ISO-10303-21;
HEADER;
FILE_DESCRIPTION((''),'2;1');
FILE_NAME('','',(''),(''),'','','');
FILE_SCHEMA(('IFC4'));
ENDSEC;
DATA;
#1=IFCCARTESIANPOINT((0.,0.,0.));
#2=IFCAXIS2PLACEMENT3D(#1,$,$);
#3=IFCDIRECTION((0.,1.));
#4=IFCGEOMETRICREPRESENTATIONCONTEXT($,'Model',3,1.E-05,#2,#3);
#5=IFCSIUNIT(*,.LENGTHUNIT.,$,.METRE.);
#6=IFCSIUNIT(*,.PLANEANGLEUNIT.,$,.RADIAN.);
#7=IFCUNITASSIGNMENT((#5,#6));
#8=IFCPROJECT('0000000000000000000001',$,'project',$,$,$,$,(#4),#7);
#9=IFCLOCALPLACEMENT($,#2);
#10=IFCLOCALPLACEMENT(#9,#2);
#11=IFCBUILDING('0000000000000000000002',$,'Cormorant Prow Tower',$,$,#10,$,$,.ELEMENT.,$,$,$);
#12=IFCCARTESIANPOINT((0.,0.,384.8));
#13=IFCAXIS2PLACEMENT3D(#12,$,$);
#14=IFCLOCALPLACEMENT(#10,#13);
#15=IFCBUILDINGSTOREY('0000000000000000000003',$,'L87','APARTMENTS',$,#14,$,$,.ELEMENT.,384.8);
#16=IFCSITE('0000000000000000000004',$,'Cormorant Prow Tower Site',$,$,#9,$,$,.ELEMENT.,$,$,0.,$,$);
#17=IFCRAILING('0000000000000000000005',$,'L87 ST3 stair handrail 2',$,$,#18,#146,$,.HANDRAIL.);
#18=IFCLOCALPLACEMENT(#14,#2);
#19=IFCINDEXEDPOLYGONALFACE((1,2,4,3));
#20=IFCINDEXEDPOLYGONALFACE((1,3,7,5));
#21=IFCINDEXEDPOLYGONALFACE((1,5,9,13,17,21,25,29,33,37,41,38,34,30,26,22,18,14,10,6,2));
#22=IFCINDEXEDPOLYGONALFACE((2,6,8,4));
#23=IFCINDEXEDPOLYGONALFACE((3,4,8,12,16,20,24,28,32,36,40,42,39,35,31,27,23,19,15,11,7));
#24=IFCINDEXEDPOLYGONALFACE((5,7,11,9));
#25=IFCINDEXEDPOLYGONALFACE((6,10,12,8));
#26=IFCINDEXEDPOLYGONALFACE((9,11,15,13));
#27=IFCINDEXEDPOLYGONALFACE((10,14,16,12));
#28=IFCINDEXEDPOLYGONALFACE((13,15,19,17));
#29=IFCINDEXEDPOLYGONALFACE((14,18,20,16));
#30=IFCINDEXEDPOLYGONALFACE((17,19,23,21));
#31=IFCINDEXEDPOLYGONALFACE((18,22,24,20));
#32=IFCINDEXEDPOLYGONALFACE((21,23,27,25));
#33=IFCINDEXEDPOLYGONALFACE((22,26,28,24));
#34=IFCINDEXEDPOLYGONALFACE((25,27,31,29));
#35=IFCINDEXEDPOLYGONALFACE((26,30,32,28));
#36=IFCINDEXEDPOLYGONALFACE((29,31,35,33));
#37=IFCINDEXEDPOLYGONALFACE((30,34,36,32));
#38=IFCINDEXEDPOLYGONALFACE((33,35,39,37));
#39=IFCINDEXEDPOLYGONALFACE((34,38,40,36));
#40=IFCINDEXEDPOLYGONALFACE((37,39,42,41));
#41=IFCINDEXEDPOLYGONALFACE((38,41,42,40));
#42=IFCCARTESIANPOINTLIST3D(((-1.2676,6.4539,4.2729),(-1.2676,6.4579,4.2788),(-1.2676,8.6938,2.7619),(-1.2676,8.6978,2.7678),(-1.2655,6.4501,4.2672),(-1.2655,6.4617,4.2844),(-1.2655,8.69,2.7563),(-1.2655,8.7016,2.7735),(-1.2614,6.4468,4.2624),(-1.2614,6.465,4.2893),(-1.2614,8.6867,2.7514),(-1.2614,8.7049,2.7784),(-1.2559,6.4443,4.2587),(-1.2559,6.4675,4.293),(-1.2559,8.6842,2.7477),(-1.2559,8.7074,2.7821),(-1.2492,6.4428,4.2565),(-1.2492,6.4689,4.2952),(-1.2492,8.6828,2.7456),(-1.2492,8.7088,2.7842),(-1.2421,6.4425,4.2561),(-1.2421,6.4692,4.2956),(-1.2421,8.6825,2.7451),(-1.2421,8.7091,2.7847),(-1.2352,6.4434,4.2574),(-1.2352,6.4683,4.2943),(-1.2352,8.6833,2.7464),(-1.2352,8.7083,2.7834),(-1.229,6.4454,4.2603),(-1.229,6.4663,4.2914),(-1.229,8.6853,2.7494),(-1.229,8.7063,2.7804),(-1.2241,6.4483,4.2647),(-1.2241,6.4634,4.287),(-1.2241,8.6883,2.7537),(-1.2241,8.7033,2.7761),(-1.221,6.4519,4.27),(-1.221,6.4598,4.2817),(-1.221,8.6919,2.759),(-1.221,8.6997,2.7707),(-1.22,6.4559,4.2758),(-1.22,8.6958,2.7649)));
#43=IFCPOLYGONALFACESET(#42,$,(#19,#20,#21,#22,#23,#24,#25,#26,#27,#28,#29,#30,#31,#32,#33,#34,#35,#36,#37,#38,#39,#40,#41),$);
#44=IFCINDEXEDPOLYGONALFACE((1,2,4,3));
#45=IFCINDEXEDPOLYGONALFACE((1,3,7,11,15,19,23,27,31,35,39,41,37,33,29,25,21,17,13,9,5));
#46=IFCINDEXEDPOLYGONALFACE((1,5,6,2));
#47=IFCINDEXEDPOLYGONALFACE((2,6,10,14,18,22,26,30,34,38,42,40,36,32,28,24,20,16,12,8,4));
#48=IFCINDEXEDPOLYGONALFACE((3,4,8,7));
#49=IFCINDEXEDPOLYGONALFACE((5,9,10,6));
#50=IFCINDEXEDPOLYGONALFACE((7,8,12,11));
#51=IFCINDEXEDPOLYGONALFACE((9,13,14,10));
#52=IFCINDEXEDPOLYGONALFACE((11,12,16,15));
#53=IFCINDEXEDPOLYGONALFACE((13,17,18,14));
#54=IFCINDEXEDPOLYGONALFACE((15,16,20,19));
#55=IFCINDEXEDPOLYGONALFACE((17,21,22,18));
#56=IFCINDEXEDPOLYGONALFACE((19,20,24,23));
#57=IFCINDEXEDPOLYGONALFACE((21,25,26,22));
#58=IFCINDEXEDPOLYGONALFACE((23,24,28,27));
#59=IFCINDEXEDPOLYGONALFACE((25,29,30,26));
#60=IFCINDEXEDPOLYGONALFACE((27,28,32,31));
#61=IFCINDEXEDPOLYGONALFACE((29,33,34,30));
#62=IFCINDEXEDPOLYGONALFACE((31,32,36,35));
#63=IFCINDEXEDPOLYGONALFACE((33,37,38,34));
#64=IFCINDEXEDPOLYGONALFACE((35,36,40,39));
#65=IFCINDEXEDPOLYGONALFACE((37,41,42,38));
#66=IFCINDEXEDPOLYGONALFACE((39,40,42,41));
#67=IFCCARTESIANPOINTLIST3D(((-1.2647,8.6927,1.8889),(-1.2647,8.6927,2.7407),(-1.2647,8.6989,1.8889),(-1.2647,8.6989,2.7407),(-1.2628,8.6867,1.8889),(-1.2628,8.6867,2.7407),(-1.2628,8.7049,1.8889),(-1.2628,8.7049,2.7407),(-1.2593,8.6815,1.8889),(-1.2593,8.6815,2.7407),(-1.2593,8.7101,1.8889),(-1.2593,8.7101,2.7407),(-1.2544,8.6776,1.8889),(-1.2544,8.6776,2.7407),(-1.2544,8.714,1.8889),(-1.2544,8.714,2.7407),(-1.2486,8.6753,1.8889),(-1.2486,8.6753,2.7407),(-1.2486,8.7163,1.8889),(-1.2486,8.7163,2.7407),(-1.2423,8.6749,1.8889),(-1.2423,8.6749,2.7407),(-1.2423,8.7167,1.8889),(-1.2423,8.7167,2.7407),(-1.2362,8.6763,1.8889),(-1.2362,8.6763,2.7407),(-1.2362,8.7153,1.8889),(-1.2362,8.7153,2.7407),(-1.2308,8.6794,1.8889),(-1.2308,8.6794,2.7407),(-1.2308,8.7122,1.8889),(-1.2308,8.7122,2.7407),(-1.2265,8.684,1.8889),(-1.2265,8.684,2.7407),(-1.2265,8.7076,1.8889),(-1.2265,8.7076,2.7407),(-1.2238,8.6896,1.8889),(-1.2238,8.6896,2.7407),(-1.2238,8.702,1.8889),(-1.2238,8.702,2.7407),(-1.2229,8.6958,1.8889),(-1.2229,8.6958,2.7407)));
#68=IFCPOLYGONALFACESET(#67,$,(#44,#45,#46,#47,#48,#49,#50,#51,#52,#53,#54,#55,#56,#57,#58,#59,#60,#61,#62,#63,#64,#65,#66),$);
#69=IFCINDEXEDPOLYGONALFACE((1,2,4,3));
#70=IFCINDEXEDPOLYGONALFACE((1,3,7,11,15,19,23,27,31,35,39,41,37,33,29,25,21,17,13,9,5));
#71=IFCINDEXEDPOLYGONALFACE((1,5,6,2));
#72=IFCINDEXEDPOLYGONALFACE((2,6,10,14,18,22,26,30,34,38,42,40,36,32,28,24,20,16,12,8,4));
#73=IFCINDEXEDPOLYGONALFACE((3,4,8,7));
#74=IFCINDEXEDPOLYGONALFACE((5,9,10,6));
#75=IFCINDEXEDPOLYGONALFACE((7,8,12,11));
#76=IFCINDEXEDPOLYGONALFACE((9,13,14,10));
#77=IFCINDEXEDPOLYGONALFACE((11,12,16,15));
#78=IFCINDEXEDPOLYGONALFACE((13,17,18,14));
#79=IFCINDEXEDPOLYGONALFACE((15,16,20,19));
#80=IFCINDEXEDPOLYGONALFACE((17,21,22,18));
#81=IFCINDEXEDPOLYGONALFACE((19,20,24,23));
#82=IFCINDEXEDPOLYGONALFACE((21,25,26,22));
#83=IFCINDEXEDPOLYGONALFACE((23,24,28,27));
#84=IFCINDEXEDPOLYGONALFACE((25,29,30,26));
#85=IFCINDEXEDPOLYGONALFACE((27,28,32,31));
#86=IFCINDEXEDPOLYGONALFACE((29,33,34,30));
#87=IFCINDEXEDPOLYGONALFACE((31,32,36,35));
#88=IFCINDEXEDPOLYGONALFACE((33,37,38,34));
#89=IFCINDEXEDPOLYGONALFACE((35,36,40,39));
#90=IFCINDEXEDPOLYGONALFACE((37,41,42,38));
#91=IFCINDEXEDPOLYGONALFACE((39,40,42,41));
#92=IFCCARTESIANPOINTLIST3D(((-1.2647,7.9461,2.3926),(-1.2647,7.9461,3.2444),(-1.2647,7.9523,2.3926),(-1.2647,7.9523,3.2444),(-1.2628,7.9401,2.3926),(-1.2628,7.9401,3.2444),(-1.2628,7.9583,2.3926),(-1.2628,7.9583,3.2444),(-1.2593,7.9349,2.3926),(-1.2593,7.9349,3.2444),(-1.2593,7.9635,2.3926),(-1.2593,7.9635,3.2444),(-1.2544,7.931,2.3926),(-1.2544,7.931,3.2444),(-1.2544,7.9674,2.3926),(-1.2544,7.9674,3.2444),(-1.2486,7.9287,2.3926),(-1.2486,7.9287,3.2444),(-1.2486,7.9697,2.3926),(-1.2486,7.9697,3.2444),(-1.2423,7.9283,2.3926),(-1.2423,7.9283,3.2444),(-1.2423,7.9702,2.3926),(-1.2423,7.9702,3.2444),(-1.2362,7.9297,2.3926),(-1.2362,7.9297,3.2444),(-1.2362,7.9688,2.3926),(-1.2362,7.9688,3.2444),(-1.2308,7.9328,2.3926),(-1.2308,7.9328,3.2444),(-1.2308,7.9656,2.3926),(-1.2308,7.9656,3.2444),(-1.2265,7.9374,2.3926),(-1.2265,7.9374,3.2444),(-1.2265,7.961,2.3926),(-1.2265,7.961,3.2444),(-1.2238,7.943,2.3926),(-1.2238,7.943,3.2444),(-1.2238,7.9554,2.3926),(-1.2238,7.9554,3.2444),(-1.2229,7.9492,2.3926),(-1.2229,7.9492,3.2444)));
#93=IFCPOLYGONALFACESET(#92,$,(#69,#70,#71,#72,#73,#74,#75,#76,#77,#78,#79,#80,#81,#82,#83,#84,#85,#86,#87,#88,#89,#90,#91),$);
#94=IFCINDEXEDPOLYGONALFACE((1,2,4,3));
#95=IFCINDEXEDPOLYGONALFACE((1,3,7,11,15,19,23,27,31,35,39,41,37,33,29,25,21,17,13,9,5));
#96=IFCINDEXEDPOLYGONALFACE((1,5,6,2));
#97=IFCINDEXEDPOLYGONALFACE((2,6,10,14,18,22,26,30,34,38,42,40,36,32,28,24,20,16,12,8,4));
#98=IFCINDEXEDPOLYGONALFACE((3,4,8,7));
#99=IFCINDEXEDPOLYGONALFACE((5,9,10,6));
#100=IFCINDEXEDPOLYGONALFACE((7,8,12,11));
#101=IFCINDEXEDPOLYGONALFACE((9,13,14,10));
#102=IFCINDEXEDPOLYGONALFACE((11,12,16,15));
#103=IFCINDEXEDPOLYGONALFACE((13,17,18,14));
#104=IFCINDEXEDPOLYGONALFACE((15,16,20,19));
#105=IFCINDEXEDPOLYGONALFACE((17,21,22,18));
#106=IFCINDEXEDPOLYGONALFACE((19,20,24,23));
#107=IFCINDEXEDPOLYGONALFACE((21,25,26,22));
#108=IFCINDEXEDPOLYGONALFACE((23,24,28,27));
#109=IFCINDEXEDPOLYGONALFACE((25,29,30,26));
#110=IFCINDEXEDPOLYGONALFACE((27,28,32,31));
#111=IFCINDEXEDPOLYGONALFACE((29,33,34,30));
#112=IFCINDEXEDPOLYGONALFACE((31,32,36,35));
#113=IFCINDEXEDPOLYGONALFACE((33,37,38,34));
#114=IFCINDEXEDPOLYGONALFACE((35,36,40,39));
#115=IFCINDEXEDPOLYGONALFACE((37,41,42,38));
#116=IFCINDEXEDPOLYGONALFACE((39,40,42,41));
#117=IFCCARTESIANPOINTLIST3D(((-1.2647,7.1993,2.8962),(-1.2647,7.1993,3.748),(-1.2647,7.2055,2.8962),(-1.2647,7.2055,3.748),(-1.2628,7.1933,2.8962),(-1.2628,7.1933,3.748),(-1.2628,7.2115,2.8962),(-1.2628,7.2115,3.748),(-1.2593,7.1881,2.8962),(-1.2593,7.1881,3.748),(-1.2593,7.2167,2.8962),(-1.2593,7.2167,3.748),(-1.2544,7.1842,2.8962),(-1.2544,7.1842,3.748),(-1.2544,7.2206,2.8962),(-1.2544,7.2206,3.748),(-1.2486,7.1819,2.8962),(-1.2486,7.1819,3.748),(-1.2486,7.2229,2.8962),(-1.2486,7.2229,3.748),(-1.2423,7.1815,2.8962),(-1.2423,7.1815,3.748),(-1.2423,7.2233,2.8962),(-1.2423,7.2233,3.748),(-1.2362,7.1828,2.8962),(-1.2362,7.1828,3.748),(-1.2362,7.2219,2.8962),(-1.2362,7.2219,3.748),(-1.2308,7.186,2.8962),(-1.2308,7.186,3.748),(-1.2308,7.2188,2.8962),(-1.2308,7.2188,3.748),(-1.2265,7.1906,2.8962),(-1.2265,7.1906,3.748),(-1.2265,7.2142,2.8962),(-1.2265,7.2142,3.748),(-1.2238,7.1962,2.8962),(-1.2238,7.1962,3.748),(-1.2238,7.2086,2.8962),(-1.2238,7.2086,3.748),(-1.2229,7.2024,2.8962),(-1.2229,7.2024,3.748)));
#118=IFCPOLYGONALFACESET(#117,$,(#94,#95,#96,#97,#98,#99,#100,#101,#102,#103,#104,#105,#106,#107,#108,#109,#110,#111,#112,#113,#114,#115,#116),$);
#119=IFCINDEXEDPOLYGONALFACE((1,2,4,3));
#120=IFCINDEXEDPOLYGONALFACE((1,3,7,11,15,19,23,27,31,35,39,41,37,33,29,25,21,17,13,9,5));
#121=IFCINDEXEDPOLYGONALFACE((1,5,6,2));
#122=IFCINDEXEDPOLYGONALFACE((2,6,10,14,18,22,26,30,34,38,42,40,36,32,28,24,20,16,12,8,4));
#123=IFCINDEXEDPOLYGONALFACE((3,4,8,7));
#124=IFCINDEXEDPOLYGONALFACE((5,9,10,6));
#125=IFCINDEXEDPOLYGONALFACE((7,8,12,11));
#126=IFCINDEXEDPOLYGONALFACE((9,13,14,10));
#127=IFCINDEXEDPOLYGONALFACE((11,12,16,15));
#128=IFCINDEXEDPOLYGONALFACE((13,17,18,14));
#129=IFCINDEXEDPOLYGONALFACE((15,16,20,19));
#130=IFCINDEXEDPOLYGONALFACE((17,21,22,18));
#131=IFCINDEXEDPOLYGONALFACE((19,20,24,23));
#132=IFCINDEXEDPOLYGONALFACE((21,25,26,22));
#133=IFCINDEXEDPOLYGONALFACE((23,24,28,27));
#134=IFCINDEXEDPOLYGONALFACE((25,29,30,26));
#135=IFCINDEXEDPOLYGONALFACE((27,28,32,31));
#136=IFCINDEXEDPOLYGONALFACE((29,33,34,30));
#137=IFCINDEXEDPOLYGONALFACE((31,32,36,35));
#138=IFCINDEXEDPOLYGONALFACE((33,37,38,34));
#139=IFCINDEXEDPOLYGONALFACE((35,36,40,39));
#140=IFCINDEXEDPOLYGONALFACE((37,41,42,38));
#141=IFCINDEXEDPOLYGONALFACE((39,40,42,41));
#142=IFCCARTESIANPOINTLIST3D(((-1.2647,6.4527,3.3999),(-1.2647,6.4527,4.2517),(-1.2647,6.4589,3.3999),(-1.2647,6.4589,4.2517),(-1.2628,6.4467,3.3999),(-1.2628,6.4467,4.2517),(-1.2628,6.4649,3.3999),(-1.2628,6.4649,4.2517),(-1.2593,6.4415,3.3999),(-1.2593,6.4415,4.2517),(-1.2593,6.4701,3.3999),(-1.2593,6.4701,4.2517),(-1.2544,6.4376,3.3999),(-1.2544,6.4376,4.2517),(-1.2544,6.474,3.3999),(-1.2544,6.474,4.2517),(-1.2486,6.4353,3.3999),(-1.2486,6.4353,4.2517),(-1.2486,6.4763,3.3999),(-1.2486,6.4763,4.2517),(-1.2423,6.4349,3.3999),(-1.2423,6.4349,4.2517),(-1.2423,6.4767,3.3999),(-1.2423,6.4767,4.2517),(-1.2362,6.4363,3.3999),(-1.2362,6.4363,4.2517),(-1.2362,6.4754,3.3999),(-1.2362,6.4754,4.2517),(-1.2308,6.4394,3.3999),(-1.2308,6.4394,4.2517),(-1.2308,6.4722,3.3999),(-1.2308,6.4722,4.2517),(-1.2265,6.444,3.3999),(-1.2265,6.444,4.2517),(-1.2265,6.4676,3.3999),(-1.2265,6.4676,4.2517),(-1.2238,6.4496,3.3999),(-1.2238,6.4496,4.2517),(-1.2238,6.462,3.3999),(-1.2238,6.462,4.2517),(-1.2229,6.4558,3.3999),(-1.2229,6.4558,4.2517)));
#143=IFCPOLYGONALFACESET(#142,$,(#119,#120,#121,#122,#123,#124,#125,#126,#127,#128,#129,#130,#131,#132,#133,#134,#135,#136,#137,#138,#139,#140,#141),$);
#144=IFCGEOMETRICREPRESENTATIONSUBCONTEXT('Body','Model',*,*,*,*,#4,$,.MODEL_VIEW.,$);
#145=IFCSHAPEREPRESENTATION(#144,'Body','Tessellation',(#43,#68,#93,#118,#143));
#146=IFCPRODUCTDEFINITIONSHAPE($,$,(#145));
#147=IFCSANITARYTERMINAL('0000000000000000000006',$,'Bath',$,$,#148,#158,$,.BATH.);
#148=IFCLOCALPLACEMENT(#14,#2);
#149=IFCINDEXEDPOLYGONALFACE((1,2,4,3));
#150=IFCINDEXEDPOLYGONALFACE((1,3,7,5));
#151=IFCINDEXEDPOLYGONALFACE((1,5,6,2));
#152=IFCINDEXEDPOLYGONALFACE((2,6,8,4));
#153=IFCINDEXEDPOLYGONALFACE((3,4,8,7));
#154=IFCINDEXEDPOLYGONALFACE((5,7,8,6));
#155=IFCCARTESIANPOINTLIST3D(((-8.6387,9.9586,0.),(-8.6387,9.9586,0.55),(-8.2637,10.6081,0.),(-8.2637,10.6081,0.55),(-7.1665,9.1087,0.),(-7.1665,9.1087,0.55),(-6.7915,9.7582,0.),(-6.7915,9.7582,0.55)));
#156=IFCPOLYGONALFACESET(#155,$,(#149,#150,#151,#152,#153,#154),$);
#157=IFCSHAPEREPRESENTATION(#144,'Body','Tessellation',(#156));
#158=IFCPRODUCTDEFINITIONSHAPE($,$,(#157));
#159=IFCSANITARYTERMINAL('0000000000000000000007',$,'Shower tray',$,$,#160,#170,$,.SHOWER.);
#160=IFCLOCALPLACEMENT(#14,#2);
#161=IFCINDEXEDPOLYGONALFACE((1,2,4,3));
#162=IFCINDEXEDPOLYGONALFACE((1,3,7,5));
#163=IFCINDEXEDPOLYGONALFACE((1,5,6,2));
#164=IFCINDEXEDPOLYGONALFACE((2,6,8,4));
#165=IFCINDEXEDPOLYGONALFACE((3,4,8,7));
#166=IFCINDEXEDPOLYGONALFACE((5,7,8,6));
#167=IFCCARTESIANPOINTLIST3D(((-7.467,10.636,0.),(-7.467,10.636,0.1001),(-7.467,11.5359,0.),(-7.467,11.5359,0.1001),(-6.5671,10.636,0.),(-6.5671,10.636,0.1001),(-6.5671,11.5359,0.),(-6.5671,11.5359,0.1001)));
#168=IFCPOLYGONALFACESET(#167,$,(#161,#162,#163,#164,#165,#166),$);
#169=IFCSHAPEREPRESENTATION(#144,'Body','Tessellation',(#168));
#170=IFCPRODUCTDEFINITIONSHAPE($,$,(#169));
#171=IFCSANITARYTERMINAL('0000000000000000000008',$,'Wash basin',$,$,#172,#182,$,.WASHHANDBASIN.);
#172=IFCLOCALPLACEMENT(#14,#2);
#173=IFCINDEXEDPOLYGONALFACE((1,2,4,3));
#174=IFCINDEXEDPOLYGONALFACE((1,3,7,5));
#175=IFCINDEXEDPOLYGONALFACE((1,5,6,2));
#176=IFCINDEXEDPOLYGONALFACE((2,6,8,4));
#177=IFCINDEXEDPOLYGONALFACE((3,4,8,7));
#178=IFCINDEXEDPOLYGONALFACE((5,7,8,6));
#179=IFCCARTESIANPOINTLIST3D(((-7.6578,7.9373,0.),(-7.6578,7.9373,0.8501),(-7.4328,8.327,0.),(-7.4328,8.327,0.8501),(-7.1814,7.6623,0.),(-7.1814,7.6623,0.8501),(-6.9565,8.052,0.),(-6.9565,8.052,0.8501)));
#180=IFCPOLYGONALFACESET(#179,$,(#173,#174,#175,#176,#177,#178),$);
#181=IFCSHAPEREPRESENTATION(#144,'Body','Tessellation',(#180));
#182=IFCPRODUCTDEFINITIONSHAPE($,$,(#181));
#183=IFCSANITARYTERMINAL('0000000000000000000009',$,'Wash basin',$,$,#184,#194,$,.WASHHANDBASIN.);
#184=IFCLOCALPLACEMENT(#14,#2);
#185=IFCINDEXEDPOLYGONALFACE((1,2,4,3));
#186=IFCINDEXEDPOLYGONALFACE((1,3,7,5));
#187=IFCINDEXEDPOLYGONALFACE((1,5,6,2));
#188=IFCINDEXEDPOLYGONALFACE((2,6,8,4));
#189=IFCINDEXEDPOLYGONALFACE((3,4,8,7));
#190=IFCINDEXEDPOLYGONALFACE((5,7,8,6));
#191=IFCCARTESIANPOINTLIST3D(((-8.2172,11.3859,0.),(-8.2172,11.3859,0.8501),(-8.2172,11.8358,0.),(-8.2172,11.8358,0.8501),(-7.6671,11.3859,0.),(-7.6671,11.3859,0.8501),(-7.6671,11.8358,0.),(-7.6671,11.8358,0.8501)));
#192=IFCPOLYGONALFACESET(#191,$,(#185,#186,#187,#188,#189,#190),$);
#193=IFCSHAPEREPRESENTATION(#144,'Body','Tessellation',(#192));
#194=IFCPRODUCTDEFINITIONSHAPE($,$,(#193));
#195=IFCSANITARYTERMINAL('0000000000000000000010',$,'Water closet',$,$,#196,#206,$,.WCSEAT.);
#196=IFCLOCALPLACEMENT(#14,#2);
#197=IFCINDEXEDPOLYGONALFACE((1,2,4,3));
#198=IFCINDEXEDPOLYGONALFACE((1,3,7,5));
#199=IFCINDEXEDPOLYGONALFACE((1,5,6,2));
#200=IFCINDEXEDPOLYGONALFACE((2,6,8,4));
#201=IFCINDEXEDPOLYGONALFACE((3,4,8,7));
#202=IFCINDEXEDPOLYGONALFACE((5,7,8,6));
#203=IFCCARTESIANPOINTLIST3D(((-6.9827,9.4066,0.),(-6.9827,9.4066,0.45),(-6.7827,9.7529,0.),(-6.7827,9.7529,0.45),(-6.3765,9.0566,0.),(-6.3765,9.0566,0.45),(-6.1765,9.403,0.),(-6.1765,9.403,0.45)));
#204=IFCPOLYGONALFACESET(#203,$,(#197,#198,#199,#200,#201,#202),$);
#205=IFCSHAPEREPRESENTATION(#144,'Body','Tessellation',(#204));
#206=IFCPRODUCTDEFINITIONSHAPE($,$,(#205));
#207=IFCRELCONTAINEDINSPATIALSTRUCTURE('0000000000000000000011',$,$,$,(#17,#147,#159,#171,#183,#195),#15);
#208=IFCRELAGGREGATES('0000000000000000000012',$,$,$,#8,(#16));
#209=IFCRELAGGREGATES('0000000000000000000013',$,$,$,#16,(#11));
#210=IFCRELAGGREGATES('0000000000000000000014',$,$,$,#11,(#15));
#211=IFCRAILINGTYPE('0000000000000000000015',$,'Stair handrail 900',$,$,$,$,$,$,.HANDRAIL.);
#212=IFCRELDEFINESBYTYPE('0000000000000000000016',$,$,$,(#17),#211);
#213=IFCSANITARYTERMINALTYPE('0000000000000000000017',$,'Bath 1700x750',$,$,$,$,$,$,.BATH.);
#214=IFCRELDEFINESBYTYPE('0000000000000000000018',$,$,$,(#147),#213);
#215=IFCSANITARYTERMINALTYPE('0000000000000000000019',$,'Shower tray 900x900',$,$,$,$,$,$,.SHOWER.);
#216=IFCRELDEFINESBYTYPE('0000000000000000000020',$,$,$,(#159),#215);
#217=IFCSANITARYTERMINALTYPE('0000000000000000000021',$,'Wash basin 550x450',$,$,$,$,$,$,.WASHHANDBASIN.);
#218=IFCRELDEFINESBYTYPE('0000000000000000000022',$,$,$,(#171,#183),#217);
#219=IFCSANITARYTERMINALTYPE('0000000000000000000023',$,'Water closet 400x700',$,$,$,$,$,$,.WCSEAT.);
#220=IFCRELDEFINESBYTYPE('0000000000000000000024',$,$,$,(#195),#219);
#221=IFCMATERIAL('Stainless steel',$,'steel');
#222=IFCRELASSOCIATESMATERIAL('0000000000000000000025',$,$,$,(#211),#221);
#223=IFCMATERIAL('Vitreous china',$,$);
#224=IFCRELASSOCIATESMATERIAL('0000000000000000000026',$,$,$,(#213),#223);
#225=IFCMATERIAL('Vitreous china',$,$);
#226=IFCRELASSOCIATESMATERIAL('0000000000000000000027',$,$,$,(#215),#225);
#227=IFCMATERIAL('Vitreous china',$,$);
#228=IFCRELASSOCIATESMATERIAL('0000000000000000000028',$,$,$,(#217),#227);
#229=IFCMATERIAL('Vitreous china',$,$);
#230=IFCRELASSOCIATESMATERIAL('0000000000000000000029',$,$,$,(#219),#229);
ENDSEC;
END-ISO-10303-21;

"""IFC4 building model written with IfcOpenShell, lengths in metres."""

from ifc_helpers import new_model, si_unit, direction, frame, origin, origin_2d, place, context, subcontext, project, spatial, rectangle, circle, extrude, material, type_object, element, save


model = new_model("IFC4")

# Units and contexts
model_context = context("Model", 3, precision=1e-05, world=origin(), true_north=direction((0.0, 1.0)))
body_context = subcontext(model_context, "Body", "Model", "MODEL_VIEW")
ifc_project = project(units=[si_unit("LENGTHUNIT", "METRE"), si_unit("PLANEANGLEUNIT", "RADIAN")], contexts=[model_context])

# Site, building, storey
site_placement = place(None, origin())
site = spatial("IfcSite", under=ifc_project, at=site_placement, Name="Cormorant Prow Tower Site", CompositionType="ELEMENT", RefElevation=0.0)
building_placement = place(site_placement, origin())
building = spatial("IfcBuilding", under=site, at=building_placement, Name="Cormorant Prow Tower", CompositionType="ELEMENT")
storey_placement = place(building_placement, frame((0.0, 0.0, 384.8)))
storey = spatial("IfcBuildingStorey", under=building, at=storey_placement, Name="L87", Description="APARTMENTS", CompositionType="ELEMENT", Elevation=384.8)

# Railing
ifc_material_1 = material(Name="Stainless steel", Category="steel")
railing_type = type_object("IfcRailingType", Name="Stair handrail 900", PredefinedType="HANDRAIL", material=ifc_material_1)
railing_placement = place(storey_placement, frame((-1.2439, 8.6958, 1.8889)))
element("IfcRailing", 1, at=railing_placement, inside=storey, type_object=railing_type, Name="L87 ST3 stair handrail 2", PredefinedType="HANDRAIL", context=body_context, shape_type="SweptSolid", body=[
    extrude(circle(Radius=0.0239, at=origin_2d()), frame((0.0, 0.0, 0.876), z_axis=(0.0, -0.829021, 0.559217), x_axis=(1.0, 0.0, 0.0)), (0.0, 0.0, 1.0), 2.7019),
    extrude(circle(Radius=0.021, at=origin_2d()), origin(), (0.0, 0.0, 1.0), 0.8518),
    extrude(circle(Radius=0.021, at=origin_2d()), frame((0.0, -0.7466, 0.5037)), (0.0, 0.0, 1.0), 0.8518),
    extrude(circle(Radius=0.021, at=origin_2d()), frame((0.0, -1.4934, 1.0073)), (0.0, 0.0, 1.0), 0.8518),
    extrude(circle(Radius=0.021, at=origin_2d()), frame((0.0, -2.24, 1.511)), (0.0, 0.0, 1.0), 0.8518),
])

# Sanitary terminals
ifc_material_2 = material(Name="Vitreous china")
sanitary_terminal_type_1 = type_object("IfcSanitaryTerminalType", Name="Bath 1700x750", PredefinedType="BATH", material=ifc_material_2)
sanitary_terminal_1_placement = place(storey_placement, frame((-7.7151, 9.8584, 0.0), z_axis=(0.0, 0.0, 1.0), x_axis=(0.866025, -0.5, 0.0)))
element("IfcSanitaryTerminal", 2, at=sanitary_terminal_1_placement, inside=storey, type_object=sanitary_terminal_type_1, Name="Bath", PredefinedType="BATH", context=body_context, shape_type="SweptSolid", body=[
    extrude(rectangle(XDim=1.7, YDim=0.75, at=origin_2d()), origin(), (0.0, 0.0, 1.0), 0.55),
])
ifc_material_3 = material(Name="Vitreous china")
sanitary_terminal_type_2 = type_object("IfcSanitaryTerminalType", Name="Shower tray 900x900", PredefinedType="SHOWER", material=ifc_material_3)
sanitary_terminal_2_placement = place(storey_placement, frame((-7.0171, 11.0859, 0.0), z_axis=(0.0, 0.0, 1.0), x_axis=(1.0, 0.0, 0.0)))
element("IfcSanitaryTerminal", 3, at=sanitary_terminal_2_placement, inside=storey, type_object=sanitary_terminal_type_2, Name="Shower tray", PredefinedType="SHOWER", context=body_context, shape_type="SweptSolid", body=[
    extrude(rectangle(XDim=0.8999, YDim=0.8999, at=origin_2d()), origin(), (0.0, 0.0, 1.0), 0.1001),
])
ifc_material_4 = material(Name="Vitreous china")
sanitary_terminal_type_3 = type_object("IfcSanitaryTerminalType", Name="Wash basin 550x450", PredefinedType="WASHHANDBASIN", material=ifc_material_4)
for number, where, z_axis, x_axis, name in (
    (4, (-7.3071, 7.9946, 0.0), (0.0, 0.0, 1.0), (-0.866025, 0.5, 0.0), "Wash basin"),
    (5, (-7.9421, 11.6108, 0.0), (0.0, 0.0, 1.0), (1.0, 0.0, 0.0), "Wash basin"),
):
    element("IfcSanitaryTerminal", number, at=place(storey_placement, frame(where, z_axis=z_axis, x_axis=x_axis)), inside=storey, type_object=sanitary_terminal_type_3, Name=name, PredefinedType="WASHHANDBASIN", context=body_context, shape_type="SweptSolid", body=[
        extrude(rectangle(XDim=0.55, YDim=0.45, at=origin_2d()), origin(), (0.0, 0.0, 1.0), 0.8501),
    ])
ifc_material_5 = material(Name="Vitreous china")
sanitary_terminal_type_4 = type_object("IfcSanitaryTerminalType", Name="Water closet 400x700", PredefinedType="WCSEAT", material=ifc_material_5)
sanitary_terminal_3_placement = place(storey_placement, frame((-6.5796, 9.4048, 0.0), z_axis=(0.0, 0.0, 1.0), x_axis=(-0.5, -0.866025, 0.0)))
element("IfcSanitaryTerminal", 6, at=sanitary_terminal_3_placement, inside=storey, type_object=sanitary_terminal_type_4, Name="Water closet", PredefinedType="WCSEAT", context=body_context, shape_type="SweptSolid", body=[
    extrude(rectangle(XDim=0.3999, YDim=0.7, at=origin_2d()), origin(), (0.0, 0.0, 1.0), 0.45),
])

save(model, "model.ifc")
